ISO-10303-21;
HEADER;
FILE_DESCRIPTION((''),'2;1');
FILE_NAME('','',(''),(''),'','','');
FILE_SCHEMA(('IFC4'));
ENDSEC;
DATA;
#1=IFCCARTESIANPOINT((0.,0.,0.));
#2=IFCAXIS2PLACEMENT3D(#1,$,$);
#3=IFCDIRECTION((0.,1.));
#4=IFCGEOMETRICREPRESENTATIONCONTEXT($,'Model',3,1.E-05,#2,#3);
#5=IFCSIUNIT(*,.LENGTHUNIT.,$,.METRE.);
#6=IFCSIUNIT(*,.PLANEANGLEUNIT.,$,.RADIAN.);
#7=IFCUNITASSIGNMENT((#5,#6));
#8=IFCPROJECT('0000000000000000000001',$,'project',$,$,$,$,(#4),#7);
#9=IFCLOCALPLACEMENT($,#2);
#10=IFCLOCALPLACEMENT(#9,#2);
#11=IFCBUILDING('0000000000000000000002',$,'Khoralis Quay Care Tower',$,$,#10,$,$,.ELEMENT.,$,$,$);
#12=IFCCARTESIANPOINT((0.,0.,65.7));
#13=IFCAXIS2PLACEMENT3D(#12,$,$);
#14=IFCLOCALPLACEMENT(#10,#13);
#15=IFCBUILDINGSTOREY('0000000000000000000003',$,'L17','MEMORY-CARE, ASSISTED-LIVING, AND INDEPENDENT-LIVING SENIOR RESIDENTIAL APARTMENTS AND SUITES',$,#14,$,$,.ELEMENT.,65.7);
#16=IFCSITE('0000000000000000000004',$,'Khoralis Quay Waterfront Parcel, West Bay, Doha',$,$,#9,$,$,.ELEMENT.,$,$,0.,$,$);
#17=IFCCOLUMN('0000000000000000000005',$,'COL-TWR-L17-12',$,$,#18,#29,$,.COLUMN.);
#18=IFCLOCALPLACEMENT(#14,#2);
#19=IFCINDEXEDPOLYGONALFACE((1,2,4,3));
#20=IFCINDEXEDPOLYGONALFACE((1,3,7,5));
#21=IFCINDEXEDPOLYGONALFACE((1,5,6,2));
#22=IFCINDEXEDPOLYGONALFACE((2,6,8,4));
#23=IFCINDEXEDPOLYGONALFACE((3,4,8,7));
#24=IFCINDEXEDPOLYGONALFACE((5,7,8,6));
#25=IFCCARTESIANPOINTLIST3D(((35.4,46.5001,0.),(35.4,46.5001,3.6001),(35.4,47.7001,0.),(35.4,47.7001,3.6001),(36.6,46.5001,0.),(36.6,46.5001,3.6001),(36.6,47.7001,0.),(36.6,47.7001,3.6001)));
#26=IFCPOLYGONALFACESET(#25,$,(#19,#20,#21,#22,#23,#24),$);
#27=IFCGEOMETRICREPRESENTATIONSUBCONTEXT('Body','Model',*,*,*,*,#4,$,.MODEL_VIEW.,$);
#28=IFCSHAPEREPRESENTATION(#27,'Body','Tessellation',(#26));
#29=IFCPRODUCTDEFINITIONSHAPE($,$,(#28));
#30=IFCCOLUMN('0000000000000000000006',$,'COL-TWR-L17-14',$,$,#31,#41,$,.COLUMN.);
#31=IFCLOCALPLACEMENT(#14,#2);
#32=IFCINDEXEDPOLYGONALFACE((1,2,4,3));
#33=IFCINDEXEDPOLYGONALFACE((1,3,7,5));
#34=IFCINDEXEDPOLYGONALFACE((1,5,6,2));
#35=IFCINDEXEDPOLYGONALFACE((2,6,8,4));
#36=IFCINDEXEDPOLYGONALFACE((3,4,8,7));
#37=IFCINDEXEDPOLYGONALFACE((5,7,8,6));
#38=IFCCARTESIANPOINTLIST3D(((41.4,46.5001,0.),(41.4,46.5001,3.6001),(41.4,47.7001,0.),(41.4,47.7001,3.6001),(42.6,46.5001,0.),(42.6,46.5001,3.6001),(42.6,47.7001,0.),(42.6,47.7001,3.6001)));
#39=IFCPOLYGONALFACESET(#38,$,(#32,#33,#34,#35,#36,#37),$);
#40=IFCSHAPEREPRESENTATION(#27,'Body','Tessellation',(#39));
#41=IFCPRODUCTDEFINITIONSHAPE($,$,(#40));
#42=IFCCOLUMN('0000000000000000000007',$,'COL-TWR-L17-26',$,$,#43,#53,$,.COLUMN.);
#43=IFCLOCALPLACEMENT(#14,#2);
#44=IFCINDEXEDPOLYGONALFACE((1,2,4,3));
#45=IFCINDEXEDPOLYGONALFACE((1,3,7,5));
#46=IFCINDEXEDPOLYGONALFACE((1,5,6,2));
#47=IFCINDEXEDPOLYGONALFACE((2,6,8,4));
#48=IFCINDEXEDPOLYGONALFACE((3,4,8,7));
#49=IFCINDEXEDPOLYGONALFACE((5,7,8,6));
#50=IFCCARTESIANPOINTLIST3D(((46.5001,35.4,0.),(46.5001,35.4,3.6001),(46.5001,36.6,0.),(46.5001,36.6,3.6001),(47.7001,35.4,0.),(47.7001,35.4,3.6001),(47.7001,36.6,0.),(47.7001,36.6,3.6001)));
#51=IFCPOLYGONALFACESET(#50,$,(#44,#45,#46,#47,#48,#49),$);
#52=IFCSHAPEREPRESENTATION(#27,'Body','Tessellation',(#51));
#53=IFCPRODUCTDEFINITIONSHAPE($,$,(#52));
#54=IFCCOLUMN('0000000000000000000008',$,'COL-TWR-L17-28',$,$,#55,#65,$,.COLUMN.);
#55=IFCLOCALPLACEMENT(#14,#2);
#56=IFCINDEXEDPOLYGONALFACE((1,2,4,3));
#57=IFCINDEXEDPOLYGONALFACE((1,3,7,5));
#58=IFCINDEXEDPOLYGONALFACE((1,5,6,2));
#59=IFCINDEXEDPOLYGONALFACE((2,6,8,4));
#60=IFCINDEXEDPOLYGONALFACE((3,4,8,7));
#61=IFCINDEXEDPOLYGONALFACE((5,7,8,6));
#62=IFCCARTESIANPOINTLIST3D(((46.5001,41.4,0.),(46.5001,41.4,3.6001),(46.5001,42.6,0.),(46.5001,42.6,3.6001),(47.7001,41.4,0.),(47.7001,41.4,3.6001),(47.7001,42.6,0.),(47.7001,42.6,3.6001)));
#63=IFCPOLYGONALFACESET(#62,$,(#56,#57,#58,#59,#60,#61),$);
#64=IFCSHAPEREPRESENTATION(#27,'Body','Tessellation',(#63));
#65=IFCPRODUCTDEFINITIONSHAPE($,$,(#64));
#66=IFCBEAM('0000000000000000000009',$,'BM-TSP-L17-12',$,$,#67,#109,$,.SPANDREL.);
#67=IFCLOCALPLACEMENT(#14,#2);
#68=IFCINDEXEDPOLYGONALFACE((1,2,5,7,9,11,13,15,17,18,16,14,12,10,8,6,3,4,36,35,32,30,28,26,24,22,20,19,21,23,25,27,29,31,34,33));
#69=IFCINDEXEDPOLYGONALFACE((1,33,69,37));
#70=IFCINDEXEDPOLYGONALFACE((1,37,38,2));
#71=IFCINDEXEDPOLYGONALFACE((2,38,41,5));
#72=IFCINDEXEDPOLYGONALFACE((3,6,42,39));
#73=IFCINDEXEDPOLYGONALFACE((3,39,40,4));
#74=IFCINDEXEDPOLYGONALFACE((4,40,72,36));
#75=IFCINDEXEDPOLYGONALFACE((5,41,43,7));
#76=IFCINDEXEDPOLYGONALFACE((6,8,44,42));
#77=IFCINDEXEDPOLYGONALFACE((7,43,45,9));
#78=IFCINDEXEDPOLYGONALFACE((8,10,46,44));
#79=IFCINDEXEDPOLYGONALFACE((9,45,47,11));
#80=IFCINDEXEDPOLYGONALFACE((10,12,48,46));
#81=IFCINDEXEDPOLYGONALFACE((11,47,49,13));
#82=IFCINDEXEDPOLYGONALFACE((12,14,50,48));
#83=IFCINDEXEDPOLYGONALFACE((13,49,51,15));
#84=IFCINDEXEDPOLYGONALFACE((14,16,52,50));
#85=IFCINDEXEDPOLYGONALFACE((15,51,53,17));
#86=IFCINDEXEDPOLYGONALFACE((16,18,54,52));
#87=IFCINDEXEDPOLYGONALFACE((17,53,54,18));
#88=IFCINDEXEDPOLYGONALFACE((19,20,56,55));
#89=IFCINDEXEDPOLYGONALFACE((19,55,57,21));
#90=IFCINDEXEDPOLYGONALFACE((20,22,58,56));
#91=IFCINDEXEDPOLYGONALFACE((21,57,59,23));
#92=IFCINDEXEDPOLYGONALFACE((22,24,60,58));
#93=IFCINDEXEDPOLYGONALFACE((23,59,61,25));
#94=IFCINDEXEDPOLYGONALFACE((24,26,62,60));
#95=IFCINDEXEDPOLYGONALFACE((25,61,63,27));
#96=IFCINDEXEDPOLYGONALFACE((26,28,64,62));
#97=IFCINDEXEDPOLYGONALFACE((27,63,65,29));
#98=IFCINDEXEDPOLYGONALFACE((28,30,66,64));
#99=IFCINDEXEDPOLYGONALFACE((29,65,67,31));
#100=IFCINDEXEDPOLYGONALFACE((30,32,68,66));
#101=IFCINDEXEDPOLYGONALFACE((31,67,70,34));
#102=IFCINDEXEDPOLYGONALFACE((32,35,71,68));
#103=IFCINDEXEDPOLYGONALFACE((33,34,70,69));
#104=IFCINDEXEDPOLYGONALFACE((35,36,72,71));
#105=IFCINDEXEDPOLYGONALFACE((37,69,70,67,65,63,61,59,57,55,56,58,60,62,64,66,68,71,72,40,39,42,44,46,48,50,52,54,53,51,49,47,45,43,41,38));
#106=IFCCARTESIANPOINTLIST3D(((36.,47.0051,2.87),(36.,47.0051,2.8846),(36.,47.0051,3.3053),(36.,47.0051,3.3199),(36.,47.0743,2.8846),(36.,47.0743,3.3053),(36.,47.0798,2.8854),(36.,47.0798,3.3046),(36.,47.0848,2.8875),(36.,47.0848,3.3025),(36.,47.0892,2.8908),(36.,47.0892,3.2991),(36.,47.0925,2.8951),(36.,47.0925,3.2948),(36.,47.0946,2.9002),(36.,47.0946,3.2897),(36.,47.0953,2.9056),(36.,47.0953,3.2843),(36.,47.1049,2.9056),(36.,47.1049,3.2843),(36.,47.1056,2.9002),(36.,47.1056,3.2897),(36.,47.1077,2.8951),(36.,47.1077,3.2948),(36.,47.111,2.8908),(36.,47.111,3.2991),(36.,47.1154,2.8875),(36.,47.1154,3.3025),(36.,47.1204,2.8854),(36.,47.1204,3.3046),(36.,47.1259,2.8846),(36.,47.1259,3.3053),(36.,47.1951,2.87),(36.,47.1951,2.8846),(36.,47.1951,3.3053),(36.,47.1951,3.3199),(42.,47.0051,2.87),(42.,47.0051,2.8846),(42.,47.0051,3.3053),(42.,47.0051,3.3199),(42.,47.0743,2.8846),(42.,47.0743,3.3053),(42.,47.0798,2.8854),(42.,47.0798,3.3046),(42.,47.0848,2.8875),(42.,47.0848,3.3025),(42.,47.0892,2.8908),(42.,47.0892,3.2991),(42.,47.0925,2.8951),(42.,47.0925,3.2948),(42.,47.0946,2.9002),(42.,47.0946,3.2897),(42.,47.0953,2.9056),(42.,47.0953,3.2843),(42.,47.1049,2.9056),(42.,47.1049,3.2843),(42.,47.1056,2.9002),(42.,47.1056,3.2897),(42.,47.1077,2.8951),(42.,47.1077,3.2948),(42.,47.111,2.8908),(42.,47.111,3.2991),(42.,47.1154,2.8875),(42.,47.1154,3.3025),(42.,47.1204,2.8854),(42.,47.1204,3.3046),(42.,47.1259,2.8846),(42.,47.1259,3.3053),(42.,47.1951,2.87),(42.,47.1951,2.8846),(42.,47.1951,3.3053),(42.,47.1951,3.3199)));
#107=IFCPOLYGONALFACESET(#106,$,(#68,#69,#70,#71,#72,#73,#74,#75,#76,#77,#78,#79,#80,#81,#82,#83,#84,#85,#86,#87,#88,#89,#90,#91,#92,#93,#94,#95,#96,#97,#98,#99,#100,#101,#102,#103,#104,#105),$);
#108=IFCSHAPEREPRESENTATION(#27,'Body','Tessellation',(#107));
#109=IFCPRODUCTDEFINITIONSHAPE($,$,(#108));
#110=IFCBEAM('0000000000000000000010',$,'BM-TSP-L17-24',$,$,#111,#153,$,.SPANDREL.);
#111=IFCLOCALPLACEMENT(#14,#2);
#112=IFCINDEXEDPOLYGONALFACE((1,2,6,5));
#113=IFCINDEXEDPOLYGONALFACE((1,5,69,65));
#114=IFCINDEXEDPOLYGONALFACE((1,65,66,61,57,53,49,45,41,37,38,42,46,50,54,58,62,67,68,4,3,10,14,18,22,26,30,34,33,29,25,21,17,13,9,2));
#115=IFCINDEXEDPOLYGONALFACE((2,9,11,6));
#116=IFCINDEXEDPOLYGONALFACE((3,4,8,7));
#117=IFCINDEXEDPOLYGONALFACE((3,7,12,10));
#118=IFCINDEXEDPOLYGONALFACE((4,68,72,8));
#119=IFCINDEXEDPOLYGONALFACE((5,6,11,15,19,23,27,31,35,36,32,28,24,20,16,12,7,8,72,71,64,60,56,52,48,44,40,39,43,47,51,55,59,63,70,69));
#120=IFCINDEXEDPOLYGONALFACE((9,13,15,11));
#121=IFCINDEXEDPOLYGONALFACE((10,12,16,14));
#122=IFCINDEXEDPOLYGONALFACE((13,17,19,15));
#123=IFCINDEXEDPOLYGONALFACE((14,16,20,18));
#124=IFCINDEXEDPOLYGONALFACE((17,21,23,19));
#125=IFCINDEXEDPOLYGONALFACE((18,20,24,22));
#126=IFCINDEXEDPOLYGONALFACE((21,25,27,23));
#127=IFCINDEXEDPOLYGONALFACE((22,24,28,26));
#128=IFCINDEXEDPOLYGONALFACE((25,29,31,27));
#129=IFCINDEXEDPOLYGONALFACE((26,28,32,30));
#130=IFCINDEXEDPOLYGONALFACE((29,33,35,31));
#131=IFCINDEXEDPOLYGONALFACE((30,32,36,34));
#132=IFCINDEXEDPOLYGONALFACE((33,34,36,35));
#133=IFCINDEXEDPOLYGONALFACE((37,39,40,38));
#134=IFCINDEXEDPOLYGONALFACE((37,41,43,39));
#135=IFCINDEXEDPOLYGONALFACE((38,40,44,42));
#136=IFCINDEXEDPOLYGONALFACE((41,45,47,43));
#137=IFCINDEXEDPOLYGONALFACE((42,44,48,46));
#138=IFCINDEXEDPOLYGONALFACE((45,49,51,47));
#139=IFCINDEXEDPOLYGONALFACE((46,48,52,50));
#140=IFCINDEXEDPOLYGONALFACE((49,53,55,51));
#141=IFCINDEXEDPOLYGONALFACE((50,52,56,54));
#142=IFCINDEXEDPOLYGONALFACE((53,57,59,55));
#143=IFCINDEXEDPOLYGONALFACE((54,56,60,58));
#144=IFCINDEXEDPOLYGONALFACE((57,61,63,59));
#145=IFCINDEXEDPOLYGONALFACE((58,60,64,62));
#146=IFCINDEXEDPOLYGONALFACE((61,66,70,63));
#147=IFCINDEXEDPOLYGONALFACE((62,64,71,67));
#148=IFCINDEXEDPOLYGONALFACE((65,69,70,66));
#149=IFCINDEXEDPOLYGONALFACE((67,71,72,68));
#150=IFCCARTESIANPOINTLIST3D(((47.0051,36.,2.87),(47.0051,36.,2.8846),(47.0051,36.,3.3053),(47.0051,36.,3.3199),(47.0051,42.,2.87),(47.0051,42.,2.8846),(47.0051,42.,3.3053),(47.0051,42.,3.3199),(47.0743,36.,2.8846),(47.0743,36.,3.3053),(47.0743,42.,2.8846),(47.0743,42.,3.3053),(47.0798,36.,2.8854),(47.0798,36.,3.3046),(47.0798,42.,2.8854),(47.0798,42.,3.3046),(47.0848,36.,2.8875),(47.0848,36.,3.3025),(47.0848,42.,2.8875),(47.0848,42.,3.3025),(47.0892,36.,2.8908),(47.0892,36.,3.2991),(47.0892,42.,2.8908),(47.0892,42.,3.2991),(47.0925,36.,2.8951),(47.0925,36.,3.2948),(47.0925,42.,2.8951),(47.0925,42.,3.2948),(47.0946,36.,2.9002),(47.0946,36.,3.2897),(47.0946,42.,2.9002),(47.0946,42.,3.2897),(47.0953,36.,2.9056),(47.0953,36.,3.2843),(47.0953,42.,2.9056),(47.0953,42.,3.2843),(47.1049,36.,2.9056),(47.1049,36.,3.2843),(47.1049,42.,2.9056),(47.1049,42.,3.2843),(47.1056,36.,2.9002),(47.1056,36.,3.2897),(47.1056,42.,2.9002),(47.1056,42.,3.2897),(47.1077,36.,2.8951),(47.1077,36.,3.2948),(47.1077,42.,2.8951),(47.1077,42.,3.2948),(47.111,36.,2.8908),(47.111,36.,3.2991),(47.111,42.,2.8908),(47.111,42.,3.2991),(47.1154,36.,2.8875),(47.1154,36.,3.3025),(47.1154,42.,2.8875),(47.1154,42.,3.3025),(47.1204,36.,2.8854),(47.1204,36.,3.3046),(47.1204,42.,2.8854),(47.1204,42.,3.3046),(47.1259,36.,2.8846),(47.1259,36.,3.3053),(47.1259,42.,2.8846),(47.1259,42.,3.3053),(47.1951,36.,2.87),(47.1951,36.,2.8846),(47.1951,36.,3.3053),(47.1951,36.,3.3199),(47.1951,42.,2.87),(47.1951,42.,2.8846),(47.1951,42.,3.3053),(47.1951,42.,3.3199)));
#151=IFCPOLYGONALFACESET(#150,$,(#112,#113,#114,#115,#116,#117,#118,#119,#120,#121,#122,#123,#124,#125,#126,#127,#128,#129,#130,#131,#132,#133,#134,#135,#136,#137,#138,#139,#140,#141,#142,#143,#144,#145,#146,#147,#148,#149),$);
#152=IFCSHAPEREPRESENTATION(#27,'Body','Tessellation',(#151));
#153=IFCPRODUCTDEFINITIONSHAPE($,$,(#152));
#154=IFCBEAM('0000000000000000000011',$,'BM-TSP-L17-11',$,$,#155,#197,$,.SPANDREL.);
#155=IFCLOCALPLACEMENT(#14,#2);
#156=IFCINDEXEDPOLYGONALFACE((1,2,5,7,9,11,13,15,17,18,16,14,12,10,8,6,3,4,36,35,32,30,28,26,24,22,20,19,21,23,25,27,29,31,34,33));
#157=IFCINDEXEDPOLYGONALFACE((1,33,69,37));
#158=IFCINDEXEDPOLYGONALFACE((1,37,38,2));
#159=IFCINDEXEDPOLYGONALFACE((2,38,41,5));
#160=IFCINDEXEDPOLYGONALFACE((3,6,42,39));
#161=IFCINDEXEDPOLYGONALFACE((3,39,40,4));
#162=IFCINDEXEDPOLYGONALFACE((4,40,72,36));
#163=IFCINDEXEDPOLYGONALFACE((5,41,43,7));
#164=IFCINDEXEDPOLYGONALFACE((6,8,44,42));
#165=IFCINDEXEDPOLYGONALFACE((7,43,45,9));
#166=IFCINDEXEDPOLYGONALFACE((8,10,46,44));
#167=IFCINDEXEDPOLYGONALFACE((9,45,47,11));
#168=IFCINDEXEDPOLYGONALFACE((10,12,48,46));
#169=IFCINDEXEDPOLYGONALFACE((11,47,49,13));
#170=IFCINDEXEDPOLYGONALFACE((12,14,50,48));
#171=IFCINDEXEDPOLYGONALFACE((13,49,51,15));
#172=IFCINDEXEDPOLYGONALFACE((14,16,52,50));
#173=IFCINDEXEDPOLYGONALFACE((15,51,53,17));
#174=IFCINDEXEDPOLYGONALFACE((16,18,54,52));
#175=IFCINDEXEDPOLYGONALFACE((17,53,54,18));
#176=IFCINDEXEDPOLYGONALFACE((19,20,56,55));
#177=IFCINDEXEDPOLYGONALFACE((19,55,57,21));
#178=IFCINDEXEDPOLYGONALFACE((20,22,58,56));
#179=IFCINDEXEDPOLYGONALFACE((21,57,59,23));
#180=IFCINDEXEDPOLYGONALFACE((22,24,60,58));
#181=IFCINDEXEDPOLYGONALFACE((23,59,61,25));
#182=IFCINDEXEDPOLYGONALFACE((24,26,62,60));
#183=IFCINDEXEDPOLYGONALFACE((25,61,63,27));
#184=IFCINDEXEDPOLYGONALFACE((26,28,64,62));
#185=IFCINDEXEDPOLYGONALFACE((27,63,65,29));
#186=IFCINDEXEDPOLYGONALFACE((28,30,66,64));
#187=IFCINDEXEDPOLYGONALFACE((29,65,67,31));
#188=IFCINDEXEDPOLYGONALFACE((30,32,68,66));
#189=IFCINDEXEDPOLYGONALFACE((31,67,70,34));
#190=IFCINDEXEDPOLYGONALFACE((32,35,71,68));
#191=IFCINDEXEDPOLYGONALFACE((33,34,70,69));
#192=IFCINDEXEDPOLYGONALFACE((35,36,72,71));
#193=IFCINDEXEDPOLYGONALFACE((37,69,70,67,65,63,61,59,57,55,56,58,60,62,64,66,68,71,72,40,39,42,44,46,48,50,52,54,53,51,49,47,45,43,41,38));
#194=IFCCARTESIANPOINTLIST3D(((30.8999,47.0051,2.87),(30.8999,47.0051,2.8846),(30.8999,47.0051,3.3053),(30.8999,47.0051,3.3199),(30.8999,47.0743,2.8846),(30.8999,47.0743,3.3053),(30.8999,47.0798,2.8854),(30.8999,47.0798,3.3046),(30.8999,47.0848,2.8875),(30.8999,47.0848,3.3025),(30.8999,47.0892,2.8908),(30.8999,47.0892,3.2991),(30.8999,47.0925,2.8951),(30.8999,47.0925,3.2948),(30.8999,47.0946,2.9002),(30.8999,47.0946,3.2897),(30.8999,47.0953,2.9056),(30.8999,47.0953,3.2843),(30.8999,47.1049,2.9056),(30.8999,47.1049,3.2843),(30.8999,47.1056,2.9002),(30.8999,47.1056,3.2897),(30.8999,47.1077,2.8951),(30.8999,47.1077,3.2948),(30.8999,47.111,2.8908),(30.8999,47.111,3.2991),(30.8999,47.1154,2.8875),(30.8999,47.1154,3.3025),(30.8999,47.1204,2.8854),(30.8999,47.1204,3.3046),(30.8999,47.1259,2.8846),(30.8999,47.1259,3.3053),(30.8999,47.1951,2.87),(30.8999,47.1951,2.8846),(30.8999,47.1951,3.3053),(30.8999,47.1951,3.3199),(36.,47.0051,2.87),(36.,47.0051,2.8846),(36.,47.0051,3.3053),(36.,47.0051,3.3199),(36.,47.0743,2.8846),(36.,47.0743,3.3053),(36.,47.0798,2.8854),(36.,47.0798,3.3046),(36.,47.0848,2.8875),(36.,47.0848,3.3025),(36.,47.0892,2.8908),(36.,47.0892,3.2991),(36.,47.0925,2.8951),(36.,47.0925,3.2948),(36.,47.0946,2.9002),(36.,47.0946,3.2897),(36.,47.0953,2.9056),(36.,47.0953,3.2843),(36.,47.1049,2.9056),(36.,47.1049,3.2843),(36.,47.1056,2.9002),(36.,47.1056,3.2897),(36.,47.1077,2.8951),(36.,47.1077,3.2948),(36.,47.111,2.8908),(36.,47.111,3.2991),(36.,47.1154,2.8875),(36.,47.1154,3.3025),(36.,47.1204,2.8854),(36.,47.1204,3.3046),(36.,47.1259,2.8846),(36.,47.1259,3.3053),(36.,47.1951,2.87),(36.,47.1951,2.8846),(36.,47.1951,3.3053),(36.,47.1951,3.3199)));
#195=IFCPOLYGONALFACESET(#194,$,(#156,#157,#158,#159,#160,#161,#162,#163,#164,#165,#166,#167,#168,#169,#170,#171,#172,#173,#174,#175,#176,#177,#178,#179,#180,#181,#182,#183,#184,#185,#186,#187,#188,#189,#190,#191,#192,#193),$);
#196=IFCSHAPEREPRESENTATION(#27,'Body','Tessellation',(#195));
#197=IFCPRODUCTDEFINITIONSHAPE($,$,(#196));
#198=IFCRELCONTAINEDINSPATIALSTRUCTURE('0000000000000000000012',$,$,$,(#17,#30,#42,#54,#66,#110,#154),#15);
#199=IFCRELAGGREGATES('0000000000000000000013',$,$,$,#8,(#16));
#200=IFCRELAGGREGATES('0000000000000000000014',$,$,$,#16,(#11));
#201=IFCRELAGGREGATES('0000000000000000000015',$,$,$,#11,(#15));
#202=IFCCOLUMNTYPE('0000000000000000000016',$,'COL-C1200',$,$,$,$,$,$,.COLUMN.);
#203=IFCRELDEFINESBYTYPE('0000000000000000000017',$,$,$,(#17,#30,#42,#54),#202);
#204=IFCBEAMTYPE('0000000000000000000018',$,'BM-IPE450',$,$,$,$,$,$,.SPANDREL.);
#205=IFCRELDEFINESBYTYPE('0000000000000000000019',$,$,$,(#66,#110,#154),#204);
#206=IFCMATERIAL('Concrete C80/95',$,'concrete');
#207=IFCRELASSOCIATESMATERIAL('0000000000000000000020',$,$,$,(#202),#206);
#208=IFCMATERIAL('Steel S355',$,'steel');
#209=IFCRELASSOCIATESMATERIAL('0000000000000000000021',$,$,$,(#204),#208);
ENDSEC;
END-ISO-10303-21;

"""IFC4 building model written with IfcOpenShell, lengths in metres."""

from ifc_helpers import new_model, si_unit, direction, frame, origin, origin_2d, place, context, subcontext, project, spatial, rectangle, i_section, extrude, source, transform, mapped, material, material_profile, profile_set, type_object, element, save


model = new_model("IFC4")

# Units and contexts
model_context = context("Model", 3, precision=1e-05, world=origin(), true_north=direction((0.0, 1.0)))
body_context = subcontext(model_context, "Body", "Model", "MODEL_VIEW")
ifc_project = project(units=[si_unit("LENGTHUNIT", "METRE"), si_unit("PLANEANGLEUNIT", "RADIAN")], contexts=[model_context])

# Site, building, storey
site_placement = place(None, origin())
site = spatial("IfcSite", under=ifc_project, at=site_placement, Name="Khoralis Quay Waterfront Parcel, West Bay, Doha", CompositionType="ELEMENT", RefElevation=0.0)
building_placement = place(site_placement, origin())
building = spatial("IfcBuilding", under=site, at=building_placement, Name="Khoralis Quay Care Tower", CompositionType="ELEMENT")
storey_placement = place(building_placement, frame((0.0, 0.0, 65.7)))
storey = spatial("IfcBuildingStorey", under=building, at=storey_placement, Name="L17", Description="MEMORY-CARE, ASSISTED-LIVING, AND INDEPENDENT-LIVING SENIOR RESIDENTIAL APARTMENTS AND SUITES", CompositionType="ELEMENT", Elevation=65.7)

# Columns
ifc_material_1 = material(Name="Concrete C80/95", Category="concrete")
ifc_material_profile_1 = material_profile(ifc_material_1, rectangle(XDim=1.2, YDim=1.2, at=origin_2d()), Name="Concrete C80/95")
ifc_profile_set_1 = profile_set([ifc_material_profile_1], Name="Concrete C80/95")
column_type = type_object("IfcColumnType", Name="COL-C1200", PredefinedType="COLUMN", material=ifc_profile_set_1)
shared_shape_1 = source(origin(), body_context, "Body", "SweptSolid", [
    extrude(rectangle(XDim=1.2, YDim=1.2, at=origin_2d()), origin(), (0.0, 0.0, 1.0), 3.6001),
])
for number, where, z_axis, x_axis, name in (
    (1, (36.0, 47.1001, 0.0), (0.0, 0.0, 1.0), (1.0, 0.0, 0.0), "COL-TWR-L17-12"),
    (2, (42.0, 47.1001, 0.0), (0.0, 0.0, 1.0), (1.0, 0.0, 0.0), "COL-TWR-L17-14"),
    (3, (47.1001, 36.0, 0.0), (0.0, 0.0, 1.0), (1.0, 0.0, 0.0), "COL-TWR-L17-26"),
    (4, (47.1001, 42.0, 0.0), (0.0, 0.0, 1.0), (1.0, 0.0, 0.0), "COL-TWR-L17-28"),
):
    element("IfcColumn", number, at=place(storey_placement, frame(where, z_axis=z_axis, x_axis=x_axis)), inside=storey, type_object=column_type, Name=name, PredefinedType="COLUMN", context=body_context, shape_type="MappedRepresentation", body=[
        mapped(shared_shape_1, transform((0.0, 0.0, 0.0), scale=1.0)),
    ])

# Beams
ifc_material_2 = material(Name="Steel S355", Category="steel")
ifc_material_profile_2 = material_profile(ifc_material_2, i_section(OverallWidth=0.1899, OverallDepth=0.45, WebThickness=0.0095, FlangeThickness=0.0146, FilletRadius=0.021, at=origin_2d()), Name="Steel S355")
ifc_profile_set_2 = profile_set([ifc_material_profile_2], Name="Steel S355")
beam_type_1 = type_object("IfcBeamType", Name="BM-IPE450", PredefinedType="SPANDREL", material=ifc_profile_set_2)
shared_shape_2 = source(origin(), body_context, "Body", "SweptSolid", [
    extrude(i_section(OverallWidth=0.1899, OverallDepth=0.45, WebThickness=0.0095, FlangeThickness=0.0146, FilletRadius=0.021, at=origin_2d()), origin(), (0.0, 0.0, 1.0), 6.0),
])
for number, where, z_axis, x_axis, name in (
    (5, (36.0, 47.1001, 3.095), (1.0, 0.0, 0.0), (0.0, 1.0, 0.0), "BM-TSP-L17-12"),
    (6, (47.1001, 36.0, 3.095), (0.0, 1.0, 0.0), (-1.0, 0.0, 0.0), "BM-TSP-L17-24"),
):
    element("IfcBeam", number, at=place(storey_placement, frame(where, z_axis=z_axis, x_axis=x_axis)), inside=storey, type_object=beam_type_1, Name=name, PredefinedType="SPANDREL", context=body_context, shape_type="MappedRepresentation", body=[
        mapped(shared_shape_2, transform((0.0, 0.0, 0.0), scale=1.0)),
    ])
shared_shape_3 = source(origin(), body_context, "Body", "SweptSolid", [
    extrude(i_section(OverallWidth=0.1899, OverallDepth=0.45, WebThickness=0.0095, FlangeThickness=0.0146, FilletRadius=0.021, at=origin_2d()), origin(), (0.0, 0.0, 1.0), 5.1001),
])
beam_1_placement = place(storey_placement, frame((30.8999, 47.1001, 3.095), z_axis=(1.0, 0.0, 0.0), x_axis=(0.0, 1.0, 0.0)))
element("IfcBeam", 7, at=beam_1_placement, inside=storey, type_object=beam_type_1, Name="BM-TSP-L17-11", PredefinedType="SPANDREL", context=body_context, shape_type="MappedRepresentation", body=[
    mapped(shared_shape_3, transform((0.0, 0.0, 0.0), scale=1.0)),
])

save(model, "model.ifc")
